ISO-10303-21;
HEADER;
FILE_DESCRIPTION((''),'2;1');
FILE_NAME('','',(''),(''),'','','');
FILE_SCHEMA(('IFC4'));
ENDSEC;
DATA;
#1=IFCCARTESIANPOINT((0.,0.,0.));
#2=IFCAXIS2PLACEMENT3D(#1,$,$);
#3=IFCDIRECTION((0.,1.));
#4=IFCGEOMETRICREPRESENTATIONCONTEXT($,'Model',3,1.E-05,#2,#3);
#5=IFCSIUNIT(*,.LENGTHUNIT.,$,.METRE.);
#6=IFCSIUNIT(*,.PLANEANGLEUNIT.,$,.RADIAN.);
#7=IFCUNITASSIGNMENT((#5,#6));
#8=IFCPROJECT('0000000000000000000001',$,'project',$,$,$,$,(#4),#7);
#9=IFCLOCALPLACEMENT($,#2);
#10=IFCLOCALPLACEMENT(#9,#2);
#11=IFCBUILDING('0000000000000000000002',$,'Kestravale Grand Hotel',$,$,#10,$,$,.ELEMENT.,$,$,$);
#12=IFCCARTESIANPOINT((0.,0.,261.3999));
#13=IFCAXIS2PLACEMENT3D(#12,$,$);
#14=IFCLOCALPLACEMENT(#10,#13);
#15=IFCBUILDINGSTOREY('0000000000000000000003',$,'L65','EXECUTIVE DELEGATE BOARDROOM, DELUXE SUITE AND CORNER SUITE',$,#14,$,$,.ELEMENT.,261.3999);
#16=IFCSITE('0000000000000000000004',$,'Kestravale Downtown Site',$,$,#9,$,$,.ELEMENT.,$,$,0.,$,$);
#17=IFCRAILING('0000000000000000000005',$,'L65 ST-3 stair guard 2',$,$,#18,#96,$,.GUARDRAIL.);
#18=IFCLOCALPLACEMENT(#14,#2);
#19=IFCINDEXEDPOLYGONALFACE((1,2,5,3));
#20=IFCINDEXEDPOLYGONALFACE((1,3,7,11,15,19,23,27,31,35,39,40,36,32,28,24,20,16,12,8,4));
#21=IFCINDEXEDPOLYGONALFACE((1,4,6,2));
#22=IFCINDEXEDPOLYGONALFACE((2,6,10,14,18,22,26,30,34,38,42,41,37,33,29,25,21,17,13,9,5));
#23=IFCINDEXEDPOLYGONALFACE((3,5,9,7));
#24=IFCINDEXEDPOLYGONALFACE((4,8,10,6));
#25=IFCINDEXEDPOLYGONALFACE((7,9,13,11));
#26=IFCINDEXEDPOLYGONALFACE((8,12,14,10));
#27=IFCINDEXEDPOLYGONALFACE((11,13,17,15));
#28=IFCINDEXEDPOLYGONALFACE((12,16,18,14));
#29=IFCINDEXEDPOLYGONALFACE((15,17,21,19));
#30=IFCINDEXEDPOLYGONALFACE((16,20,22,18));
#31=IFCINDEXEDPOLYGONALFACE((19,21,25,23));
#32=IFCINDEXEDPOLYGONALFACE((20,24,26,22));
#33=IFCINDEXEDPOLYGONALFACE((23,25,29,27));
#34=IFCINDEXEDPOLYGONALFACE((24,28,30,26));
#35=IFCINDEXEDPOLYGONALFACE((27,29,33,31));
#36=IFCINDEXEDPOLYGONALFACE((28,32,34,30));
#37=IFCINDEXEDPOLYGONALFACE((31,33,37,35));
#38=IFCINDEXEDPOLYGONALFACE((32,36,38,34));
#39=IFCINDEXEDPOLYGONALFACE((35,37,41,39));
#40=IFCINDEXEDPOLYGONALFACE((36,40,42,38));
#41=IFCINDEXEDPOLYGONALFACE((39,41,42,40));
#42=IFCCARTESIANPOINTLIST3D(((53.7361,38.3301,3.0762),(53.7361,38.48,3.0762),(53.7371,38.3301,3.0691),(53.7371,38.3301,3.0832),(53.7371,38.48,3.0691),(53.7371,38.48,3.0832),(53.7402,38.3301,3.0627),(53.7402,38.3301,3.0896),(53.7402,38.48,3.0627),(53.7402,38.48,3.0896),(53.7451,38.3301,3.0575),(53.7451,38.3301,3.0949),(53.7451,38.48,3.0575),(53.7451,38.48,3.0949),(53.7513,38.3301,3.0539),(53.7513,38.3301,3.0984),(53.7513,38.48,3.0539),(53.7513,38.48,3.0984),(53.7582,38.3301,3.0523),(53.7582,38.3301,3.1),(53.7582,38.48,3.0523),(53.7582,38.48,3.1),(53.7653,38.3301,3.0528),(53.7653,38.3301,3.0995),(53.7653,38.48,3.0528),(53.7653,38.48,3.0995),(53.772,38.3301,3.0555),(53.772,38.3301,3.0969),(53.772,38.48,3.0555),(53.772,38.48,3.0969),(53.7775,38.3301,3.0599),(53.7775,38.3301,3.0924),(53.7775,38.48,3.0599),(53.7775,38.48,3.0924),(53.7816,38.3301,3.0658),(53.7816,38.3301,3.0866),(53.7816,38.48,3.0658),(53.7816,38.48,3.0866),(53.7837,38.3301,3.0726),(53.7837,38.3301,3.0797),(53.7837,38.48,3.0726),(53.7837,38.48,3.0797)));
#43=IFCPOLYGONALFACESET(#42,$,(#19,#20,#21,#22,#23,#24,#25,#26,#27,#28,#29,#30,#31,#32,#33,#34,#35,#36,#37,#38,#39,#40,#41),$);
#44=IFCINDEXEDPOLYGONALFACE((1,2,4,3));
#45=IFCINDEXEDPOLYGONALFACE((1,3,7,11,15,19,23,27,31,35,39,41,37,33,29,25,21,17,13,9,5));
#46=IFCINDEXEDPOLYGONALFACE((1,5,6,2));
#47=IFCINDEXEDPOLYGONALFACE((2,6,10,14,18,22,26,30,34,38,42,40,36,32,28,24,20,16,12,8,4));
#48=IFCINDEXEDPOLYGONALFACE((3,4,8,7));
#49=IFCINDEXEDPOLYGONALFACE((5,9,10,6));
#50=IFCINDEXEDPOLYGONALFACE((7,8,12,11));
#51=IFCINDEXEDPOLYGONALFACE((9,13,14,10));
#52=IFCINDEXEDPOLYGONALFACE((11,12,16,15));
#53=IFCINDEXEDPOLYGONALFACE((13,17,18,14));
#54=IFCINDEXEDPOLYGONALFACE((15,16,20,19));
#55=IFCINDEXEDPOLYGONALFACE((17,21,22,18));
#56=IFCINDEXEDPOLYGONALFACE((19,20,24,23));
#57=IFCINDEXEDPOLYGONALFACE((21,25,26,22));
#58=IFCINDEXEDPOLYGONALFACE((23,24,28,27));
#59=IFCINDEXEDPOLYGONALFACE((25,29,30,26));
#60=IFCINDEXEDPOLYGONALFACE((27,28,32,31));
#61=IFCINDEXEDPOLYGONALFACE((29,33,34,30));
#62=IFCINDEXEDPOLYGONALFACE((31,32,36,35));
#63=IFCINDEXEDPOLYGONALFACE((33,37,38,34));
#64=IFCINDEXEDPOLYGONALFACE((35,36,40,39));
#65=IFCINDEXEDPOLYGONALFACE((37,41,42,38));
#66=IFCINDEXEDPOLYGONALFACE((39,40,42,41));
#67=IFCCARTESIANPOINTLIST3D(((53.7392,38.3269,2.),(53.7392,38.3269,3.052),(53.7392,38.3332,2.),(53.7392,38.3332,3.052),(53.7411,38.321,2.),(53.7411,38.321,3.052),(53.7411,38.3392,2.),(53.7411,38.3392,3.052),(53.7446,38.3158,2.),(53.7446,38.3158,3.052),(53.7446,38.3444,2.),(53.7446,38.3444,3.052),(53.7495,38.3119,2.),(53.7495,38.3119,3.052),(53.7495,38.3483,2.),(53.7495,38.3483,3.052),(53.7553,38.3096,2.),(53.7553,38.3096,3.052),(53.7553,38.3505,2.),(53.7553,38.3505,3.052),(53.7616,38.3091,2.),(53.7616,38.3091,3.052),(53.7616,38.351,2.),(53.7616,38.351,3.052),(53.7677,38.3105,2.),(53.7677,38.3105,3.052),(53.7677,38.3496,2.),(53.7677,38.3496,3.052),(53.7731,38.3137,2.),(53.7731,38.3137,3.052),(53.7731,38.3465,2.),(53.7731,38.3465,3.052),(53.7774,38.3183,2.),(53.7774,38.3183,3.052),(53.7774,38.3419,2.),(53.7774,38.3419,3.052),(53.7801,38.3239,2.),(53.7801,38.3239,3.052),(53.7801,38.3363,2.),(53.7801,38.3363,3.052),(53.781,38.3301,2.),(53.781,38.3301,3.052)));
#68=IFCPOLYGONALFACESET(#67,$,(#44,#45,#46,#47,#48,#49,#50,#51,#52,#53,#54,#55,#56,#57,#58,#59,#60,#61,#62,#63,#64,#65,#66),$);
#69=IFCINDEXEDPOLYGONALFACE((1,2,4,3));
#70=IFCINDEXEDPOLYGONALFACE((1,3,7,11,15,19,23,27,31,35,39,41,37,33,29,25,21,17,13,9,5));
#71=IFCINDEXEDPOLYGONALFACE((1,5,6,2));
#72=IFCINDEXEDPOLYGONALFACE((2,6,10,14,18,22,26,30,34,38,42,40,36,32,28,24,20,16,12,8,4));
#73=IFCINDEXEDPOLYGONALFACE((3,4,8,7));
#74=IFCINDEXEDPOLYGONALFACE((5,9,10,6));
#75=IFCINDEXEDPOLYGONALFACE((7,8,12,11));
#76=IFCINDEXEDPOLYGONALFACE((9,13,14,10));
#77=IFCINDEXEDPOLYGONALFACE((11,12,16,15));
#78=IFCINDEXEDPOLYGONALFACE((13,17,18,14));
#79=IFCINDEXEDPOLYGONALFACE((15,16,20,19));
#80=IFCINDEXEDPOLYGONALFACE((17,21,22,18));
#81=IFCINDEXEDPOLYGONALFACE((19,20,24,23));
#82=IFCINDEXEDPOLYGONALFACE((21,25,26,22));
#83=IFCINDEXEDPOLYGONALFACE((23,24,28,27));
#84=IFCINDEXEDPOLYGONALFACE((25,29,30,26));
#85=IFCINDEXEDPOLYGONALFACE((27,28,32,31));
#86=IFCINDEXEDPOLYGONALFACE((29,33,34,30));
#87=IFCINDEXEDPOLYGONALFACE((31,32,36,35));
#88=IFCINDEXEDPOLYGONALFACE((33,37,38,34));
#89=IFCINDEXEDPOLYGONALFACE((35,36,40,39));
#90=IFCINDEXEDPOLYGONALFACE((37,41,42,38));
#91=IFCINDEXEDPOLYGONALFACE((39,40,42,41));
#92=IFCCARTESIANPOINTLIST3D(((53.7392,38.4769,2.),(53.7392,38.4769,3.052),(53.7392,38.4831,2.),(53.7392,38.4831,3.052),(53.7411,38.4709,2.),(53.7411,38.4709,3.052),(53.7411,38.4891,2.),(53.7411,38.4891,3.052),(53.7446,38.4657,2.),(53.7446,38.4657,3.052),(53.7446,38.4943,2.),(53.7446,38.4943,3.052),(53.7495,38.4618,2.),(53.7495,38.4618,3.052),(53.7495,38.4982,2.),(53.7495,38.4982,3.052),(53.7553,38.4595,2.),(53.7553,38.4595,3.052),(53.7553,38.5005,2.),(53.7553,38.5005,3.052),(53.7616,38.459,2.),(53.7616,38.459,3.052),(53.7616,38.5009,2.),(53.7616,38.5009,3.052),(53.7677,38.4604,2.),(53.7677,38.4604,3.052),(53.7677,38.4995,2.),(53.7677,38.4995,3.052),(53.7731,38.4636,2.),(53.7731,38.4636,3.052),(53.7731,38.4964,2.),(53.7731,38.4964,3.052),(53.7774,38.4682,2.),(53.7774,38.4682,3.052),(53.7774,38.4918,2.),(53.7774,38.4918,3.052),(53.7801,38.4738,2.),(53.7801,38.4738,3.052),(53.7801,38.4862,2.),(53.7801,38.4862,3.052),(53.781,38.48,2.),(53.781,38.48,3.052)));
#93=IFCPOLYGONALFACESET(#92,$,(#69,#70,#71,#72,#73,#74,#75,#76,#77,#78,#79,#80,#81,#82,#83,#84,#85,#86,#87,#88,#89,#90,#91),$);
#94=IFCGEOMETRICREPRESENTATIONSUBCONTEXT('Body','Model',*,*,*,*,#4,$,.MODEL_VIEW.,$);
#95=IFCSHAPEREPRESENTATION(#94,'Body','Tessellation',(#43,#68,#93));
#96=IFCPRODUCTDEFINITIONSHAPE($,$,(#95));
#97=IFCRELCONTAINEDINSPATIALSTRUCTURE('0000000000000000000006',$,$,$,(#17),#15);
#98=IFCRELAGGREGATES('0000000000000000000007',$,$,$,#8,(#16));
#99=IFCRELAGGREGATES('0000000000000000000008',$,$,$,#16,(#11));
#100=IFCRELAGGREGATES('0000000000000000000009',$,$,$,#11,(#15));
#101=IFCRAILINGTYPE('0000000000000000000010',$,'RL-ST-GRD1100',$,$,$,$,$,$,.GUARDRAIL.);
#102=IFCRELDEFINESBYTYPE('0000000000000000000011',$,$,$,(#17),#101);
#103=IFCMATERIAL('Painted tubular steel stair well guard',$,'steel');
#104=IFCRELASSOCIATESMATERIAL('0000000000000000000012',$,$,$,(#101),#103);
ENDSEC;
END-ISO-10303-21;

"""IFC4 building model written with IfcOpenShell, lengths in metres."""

from ifc_helpers import new_model, si_unit, direction, frame, origin, origin_2d, place, context, subcontext, project, spatial, circle, extrude, material, type_object, element, save


model = new_model("IFC4")

# Units and contexts
model_context = context("Model", 3, precision=1e-05, world=origin(), true_north=direction((0.0, 1.0)))
body_context = subcontext(model_context, "Body", "Model", "MODEL_VIEW")
ifc_project = project(units=[si_unit("LENGTHUNIT", "METRE"), si_unit("PLANEANGLEUNIT", "RADIAN")], contexts=[model_context])

# Site, building, storey
site_placement = place(None, origin())
site = spatial("IfcSite", under=ifc_project, at=site_placement, Name="Kestravale Downtown Site", CompositionType="ELEMENT", RefElevation=0.0)
building_placement = place(site_placement, origin())
building = spatial("IfcBuilding", under=site, at=building_placement, Name="Kestravale Grand Hotel", CompositionType="ELEMENT")
storey_placement = place(building_placement, frame((0.0, 0.0, 261.3999)))
storey = spatial("IfcBuildingStorey", under=building, at=storey_placement, Name="L65", Description="EXECUTIVE DELEGATE BOARDROOM, DELUXE SUITE AND CORNER SUITE", CompositionType="ELEMENT", Elevation=261.3999)

# Railing
ifc_material_1 = material(Name="Painted tubular steel stair well guard", Category="steel")
railing_type_1 = type_object("IfcRailingType", Name="RL-ST-GRD1100", PredefinedType="GUARDRAIL", material=ifc_material_1)
railing_1_placement = place(storey_placement, frame((53.76, 38.3301, 2.0)))
element("IfcRailing", 1, at=railing_1_placement, inside=storey, type_object=railing_type_1, Name="L65 ST-3 stair guard 2", PredefinedType="GUARDRAIL", context=body_context, shape_type="SweptSolid", body=[
    extrude(circle(Radius=0.0239, at=origin_2d()), frame((0.0, 0.0, 1.0762), z_axis=(0.0, 1.0, 0.0), x_axis=(-1.0, 0.0, 0.0)), (0.0, 0.0, 1.0), 0.1499),
    extrude(circle(Radius=0.021, at=origin_2d()), origin(), (0.0, 0.0, 1.0), 1.052),
    extrude(circle(Radius=0.021, at=origin_2d()), frame((0.0, 0.1499, 0.0)), (0.0, 0.0, 1.0), 1.052),
])

save(model, "model.ifc")
